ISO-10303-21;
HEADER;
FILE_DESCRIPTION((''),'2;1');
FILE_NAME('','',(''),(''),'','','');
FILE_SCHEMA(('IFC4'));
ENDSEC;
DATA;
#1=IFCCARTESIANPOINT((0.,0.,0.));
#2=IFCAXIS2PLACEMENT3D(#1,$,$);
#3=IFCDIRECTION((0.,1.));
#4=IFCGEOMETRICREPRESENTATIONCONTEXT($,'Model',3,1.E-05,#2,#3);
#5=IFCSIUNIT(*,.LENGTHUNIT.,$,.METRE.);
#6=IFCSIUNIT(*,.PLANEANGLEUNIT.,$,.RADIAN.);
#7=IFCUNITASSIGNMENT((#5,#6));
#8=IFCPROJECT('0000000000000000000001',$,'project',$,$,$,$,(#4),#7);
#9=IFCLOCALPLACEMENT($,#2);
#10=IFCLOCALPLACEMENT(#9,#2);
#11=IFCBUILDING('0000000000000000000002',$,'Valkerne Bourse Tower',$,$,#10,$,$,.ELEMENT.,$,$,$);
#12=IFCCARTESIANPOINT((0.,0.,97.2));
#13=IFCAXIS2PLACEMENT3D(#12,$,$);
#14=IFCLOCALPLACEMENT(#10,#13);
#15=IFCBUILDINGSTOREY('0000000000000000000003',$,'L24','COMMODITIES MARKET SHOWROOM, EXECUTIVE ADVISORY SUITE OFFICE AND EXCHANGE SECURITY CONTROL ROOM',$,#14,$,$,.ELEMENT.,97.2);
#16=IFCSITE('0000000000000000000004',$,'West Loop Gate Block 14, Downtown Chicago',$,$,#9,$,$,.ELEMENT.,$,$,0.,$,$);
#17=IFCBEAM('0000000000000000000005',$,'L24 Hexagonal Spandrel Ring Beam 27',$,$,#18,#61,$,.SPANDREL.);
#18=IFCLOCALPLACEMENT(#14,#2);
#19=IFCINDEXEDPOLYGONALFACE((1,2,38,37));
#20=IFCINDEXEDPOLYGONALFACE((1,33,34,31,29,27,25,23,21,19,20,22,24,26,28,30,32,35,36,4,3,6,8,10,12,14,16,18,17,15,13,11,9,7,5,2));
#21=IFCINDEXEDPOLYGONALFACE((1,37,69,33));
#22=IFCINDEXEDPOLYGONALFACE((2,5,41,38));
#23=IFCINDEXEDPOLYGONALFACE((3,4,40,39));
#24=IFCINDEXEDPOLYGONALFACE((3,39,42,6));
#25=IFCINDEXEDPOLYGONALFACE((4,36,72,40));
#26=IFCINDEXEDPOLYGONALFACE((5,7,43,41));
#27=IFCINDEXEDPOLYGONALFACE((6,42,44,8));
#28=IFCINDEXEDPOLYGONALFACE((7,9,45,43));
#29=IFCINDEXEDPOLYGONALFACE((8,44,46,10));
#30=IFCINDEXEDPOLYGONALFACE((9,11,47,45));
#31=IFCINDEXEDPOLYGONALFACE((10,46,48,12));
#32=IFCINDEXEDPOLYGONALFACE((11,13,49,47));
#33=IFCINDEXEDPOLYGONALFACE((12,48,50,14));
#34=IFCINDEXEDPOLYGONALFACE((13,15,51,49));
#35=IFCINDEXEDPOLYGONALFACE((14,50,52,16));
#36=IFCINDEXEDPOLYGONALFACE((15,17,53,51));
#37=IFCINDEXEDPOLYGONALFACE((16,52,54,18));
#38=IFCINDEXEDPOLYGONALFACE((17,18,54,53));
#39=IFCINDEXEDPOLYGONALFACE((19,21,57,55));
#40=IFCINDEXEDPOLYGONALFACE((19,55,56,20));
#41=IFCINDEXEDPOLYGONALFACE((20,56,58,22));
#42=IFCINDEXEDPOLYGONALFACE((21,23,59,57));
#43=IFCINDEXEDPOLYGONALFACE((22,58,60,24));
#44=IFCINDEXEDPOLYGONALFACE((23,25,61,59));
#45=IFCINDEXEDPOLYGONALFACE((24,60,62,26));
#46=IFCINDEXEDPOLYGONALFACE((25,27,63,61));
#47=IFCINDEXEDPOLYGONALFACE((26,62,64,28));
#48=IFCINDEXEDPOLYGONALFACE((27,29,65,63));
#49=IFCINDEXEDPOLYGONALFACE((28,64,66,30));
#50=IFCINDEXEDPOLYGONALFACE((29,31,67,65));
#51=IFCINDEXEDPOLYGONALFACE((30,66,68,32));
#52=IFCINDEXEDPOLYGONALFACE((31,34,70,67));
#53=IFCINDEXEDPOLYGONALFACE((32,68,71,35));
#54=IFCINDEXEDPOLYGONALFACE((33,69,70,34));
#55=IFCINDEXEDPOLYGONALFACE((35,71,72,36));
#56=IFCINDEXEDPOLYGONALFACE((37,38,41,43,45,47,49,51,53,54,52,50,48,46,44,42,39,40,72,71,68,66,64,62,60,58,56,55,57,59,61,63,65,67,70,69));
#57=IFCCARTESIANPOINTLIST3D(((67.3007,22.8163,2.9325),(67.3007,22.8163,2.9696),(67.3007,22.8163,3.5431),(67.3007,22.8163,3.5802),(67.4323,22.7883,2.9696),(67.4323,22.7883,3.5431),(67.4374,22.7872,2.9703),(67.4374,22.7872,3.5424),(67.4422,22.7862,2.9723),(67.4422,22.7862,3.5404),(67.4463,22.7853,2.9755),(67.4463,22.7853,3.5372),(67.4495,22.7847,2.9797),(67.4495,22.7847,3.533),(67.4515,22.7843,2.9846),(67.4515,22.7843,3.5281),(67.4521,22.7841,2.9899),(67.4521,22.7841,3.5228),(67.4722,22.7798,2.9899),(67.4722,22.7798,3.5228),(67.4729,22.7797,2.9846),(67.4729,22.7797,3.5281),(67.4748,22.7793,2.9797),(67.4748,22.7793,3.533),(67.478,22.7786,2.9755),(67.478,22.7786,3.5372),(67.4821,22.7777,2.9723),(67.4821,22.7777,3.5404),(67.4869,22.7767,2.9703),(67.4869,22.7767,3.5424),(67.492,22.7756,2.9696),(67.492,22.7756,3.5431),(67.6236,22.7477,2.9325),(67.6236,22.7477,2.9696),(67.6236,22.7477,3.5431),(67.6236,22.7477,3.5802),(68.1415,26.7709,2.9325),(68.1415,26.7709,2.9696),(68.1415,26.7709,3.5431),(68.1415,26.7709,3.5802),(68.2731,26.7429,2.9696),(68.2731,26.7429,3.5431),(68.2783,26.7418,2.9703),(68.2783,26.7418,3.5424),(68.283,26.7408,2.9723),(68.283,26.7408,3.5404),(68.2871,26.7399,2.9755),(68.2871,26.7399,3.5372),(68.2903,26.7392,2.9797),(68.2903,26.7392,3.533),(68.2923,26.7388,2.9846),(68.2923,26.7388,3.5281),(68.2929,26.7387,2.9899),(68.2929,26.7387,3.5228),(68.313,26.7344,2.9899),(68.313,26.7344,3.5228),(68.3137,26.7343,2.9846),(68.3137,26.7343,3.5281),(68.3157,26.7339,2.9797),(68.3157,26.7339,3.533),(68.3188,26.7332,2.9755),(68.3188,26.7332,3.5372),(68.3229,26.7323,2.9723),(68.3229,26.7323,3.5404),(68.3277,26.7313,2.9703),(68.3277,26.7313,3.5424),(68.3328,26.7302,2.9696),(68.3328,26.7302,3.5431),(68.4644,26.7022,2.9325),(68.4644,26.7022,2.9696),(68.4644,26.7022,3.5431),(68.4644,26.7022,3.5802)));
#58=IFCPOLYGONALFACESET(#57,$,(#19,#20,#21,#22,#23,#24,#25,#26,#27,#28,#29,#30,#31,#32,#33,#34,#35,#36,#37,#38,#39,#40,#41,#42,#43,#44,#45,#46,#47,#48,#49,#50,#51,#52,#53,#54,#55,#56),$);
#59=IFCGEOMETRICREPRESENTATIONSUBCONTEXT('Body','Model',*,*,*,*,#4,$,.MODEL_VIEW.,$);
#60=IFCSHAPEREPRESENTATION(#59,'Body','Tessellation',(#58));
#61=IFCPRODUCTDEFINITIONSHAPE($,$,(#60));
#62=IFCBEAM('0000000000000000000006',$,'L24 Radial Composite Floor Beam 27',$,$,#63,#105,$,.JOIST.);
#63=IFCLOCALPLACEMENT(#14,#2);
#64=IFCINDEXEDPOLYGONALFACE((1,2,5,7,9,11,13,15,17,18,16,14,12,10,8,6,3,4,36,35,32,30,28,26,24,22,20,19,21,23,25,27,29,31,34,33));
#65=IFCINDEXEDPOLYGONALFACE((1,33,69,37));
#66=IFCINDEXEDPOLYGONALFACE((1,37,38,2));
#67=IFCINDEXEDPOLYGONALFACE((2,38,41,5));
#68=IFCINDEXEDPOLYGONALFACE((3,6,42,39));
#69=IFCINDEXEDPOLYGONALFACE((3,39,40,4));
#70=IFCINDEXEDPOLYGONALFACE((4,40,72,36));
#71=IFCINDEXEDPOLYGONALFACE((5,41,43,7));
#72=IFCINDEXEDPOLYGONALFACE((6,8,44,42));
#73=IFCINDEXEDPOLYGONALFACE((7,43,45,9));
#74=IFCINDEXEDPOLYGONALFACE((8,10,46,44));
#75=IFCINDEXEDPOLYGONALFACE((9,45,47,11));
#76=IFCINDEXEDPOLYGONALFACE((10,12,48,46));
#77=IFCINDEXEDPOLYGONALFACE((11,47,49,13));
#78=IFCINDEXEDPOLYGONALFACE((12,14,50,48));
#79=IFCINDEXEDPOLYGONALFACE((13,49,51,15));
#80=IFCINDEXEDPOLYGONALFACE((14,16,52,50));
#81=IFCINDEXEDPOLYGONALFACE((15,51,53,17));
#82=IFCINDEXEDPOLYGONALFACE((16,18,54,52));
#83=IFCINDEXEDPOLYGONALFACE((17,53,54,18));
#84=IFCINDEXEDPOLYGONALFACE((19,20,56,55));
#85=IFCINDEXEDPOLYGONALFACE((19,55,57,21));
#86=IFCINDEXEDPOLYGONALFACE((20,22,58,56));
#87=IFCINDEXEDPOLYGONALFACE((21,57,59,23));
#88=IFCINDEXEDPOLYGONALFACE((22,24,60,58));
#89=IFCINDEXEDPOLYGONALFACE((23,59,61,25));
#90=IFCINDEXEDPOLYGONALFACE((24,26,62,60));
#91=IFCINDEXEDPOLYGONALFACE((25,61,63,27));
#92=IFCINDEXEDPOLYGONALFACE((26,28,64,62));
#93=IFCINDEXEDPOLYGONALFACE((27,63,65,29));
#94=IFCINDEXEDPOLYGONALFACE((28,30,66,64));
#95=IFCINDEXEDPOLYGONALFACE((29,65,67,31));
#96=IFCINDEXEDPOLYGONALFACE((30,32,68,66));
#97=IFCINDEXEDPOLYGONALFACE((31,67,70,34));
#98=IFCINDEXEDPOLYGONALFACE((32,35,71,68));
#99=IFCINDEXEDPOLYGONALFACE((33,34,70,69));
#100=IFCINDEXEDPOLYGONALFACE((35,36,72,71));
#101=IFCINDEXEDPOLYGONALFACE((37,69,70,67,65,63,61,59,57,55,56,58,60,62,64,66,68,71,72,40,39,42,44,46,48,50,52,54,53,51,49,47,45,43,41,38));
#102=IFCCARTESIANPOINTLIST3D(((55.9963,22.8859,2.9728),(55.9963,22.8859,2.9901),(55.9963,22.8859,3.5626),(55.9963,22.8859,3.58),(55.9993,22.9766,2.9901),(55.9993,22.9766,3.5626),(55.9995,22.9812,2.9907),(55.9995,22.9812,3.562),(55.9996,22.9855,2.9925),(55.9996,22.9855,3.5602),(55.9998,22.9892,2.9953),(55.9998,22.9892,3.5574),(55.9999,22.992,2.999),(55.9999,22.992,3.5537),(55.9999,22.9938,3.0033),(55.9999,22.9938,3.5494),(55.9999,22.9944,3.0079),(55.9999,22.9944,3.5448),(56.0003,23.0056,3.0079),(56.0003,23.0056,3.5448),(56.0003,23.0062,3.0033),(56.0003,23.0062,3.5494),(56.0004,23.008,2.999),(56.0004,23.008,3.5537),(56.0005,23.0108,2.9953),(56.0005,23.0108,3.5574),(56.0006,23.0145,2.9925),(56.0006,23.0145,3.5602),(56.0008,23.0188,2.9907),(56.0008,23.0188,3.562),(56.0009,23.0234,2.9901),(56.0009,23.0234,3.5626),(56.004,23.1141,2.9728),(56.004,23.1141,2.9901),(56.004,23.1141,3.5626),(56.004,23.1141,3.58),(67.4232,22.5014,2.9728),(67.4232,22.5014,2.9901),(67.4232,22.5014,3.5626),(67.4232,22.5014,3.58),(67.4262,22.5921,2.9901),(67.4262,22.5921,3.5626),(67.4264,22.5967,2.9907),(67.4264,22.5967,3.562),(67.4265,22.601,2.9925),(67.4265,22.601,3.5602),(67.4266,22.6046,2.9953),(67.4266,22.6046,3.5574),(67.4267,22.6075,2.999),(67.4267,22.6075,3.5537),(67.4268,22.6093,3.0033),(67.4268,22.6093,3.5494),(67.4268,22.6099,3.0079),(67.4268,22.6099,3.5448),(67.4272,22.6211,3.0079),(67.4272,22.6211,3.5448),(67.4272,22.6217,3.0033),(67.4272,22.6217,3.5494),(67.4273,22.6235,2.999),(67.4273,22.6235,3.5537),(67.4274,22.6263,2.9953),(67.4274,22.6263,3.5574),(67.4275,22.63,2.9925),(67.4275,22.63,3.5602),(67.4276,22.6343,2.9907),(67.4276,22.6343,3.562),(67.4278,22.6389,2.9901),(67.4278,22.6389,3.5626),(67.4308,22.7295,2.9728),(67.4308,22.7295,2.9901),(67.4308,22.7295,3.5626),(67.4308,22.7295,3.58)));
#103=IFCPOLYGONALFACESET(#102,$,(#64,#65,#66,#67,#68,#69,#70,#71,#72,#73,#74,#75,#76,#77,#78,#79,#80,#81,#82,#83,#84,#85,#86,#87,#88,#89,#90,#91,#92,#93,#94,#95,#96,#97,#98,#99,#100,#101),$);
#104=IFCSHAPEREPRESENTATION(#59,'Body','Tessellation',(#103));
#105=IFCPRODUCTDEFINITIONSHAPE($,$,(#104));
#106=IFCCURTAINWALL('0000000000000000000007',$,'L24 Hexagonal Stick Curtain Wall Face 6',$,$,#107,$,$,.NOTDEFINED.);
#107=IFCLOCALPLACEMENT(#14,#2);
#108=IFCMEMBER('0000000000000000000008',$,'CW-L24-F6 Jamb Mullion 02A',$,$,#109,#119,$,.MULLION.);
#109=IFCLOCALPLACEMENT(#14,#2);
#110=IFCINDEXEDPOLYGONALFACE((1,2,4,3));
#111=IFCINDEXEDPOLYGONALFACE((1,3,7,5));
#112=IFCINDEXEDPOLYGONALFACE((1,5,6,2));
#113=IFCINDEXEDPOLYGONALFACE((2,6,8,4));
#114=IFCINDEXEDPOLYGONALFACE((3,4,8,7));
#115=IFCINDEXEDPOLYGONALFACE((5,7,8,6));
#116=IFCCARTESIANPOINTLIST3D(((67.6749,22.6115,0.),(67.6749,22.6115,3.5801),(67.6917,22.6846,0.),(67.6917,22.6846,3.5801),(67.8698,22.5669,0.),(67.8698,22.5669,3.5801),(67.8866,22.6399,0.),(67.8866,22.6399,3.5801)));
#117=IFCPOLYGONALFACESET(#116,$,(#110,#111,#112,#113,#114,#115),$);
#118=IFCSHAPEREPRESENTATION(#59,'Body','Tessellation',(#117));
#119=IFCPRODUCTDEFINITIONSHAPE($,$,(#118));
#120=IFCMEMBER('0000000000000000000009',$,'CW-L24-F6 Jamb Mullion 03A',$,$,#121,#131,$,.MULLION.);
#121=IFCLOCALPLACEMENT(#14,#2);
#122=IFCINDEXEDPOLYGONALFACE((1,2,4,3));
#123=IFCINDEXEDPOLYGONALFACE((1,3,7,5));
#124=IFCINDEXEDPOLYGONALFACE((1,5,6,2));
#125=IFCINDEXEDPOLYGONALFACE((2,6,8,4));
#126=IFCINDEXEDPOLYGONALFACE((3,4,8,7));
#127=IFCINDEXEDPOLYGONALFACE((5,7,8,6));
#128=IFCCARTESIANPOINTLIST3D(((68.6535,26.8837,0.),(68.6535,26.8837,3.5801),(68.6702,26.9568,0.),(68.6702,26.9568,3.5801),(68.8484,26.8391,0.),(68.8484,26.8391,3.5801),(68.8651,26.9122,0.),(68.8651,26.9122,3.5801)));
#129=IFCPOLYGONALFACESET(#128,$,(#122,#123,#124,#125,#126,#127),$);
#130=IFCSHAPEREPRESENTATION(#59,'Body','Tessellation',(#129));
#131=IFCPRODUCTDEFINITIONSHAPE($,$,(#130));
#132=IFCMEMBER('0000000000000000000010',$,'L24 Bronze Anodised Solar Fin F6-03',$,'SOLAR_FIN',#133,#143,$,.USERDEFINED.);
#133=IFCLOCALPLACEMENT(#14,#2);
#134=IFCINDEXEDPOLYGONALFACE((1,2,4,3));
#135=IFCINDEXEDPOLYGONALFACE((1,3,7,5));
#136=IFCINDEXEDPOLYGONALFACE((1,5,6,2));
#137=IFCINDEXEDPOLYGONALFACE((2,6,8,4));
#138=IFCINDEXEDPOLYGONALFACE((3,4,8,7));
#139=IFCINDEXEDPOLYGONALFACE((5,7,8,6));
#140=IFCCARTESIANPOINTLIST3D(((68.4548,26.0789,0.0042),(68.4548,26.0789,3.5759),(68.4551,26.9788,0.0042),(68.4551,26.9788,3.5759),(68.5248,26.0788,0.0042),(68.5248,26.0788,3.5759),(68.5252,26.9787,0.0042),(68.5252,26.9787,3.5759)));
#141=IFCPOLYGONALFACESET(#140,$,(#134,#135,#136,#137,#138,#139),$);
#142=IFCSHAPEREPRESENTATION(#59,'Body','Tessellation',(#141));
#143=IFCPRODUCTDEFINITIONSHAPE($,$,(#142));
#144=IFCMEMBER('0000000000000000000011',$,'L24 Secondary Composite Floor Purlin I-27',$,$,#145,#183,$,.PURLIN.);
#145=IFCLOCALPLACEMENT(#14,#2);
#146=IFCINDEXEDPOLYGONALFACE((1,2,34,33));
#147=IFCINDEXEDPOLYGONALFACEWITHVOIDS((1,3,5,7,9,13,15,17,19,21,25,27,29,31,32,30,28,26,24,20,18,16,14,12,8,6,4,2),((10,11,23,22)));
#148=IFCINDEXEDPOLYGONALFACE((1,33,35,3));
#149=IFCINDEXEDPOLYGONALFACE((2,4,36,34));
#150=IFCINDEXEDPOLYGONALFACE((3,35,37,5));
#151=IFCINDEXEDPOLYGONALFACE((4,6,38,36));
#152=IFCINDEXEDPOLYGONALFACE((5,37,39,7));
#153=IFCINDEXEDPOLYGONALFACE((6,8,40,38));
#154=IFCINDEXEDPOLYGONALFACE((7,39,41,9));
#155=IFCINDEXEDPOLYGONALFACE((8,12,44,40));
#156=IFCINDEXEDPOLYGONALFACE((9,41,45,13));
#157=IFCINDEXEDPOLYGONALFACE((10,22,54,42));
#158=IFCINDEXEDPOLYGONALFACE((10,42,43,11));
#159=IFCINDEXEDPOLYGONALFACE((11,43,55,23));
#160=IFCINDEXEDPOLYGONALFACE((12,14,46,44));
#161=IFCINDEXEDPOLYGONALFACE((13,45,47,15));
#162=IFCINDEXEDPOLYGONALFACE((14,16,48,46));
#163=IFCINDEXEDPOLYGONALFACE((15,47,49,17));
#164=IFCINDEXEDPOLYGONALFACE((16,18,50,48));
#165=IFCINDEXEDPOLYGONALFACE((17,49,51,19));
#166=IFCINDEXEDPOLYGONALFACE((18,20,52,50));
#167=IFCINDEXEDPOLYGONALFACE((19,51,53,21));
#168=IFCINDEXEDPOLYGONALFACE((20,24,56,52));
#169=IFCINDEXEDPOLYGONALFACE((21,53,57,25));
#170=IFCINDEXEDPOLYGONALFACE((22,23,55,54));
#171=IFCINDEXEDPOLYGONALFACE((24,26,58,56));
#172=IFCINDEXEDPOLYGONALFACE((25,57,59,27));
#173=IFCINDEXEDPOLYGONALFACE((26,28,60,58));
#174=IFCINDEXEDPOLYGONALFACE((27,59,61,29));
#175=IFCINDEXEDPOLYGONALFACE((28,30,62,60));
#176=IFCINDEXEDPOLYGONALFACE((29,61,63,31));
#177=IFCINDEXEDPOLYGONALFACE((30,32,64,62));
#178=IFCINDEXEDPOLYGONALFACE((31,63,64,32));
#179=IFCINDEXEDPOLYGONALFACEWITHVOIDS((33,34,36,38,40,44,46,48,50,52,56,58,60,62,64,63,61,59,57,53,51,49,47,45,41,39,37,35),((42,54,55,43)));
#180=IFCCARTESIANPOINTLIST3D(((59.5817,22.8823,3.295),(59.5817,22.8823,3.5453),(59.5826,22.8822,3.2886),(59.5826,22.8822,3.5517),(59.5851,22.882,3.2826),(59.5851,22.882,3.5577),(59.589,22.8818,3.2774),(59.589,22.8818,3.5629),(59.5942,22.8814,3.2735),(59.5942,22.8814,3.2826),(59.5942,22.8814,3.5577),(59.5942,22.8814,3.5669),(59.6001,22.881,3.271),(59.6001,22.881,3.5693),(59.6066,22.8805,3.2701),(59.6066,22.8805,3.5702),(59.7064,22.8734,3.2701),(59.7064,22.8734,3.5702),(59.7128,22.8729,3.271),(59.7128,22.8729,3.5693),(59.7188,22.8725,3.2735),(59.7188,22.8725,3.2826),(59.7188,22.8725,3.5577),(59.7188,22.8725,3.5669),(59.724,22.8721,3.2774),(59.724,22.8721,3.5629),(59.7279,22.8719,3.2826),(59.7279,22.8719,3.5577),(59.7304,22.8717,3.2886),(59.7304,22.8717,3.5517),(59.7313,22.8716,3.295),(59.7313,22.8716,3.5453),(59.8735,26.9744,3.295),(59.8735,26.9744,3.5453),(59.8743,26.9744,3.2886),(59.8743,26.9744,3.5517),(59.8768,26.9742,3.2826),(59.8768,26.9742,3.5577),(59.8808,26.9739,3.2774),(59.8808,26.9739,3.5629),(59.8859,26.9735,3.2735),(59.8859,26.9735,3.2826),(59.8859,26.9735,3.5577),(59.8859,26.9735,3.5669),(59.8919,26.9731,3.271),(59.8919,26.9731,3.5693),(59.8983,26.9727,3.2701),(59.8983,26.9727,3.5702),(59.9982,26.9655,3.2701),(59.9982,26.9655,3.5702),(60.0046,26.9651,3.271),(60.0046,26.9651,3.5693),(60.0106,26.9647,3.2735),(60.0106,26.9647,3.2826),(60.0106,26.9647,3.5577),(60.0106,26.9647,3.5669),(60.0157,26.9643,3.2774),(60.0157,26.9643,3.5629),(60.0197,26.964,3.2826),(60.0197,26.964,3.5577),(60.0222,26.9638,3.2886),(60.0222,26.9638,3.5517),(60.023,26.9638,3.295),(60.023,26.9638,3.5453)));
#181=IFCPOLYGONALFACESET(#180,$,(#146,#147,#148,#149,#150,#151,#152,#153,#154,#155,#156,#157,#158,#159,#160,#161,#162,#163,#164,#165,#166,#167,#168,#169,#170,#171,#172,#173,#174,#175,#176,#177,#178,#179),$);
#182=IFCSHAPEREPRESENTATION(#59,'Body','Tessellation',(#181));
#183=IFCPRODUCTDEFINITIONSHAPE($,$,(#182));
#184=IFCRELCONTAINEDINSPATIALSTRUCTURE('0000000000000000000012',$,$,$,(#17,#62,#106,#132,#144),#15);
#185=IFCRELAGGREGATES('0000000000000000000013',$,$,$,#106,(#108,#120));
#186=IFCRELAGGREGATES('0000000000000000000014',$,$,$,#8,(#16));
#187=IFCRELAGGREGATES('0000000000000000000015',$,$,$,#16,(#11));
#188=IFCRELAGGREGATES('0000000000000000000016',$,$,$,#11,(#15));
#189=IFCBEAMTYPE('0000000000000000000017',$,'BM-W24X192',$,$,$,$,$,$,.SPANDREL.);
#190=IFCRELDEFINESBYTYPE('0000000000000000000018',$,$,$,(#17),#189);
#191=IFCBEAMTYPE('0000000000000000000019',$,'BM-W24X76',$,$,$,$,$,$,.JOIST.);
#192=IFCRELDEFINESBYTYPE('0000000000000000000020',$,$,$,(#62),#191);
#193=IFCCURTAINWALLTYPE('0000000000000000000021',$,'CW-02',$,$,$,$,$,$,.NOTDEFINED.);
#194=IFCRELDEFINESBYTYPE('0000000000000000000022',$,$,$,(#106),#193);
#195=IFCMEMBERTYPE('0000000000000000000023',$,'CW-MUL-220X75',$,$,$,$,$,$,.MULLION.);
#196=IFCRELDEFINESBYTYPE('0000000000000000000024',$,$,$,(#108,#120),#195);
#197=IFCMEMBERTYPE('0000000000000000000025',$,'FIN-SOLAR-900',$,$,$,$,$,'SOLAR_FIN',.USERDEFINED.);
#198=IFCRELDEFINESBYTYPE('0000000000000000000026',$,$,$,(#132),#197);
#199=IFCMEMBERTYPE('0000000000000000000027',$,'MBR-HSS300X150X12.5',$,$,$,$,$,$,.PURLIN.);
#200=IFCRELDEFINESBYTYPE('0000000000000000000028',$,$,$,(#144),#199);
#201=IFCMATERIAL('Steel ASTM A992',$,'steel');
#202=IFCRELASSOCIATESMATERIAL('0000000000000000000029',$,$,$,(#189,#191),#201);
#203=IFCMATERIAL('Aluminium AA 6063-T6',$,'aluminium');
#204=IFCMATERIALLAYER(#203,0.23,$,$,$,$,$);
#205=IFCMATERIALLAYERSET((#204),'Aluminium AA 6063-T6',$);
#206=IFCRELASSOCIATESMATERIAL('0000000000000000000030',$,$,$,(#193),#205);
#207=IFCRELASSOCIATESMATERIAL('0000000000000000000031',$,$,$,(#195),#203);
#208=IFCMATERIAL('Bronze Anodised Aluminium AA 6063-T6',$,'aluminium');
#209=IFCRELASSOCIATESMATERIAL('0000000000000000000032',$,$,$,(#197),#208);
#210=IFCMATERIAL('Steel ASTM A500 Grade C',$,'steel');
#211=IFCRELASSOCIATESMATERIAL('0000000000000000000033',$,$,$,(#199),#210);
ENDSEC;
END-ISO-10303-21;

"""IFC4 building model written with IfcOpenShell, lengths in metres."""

from ifc_helpers import new_model, si_unit, direction, frame, origin, origin_2d, place, context, subcontext, project, spatial, rectangle, hollow_rectangle, i_section, extrude, material, layer, layer_set, material_profile, profile_set, type_object, element, aggregate, save


model = new_model("IFC4")

# Units and contexts
model_context = context("Model", 3, precision=1e-05, world=origin(), true_north=direction((0.0, 1.0)))
body_context = subcontext(model_context, "Body", "Model", "MODEL_VIEW")
ifc_project = project(units=[si_unit("LENGTHUNIT", "METRE"), si_unit("PLANEANGLEUNIT", "RADIAN")], contexts=[model_context])

# Site, building, storey
site_placement = place(None, origin())
site = spatial("IfcSite", under=ifc_project, at=site_placement, Name="West Loop Gate Block 14, Downtown Chicago", CompositionType="ELEMENT", RefElevation=0.0)
building_placement = place(site_placement, origin())
building = spatial("IfcBuilding", under=site, at=building_placement, Name="Valkerne Bourse Tower", CompositionType="ELEMENT")
storey_placement = place(building_placement, frame((0.0, 0.0, 97.2)))
storey = spatial("IfcBuildingStorey", under=building, at=storey_placement, Name="L24", Description="COMMODITIES MARKET SHOWROOM, EXECUTIVE ADVISORY SUITE OFFICE AND EXCHANGE SECURITY CONTROL ROOM", CompositionType="ELEMENT", Elevation=97.2)

# Beams
ifc_material_1 = material(Name="Steel ASTM A992", Category="steel")
ifc_material_profile_1 = material_profile(ifc_material_1, i_section(OverallWidth=0.3301, OverallDepth=0.6477, WebThickness=0.0205, FlangeThickness=0.0371, FilletRadius=0.0203, at=origin_2d()), Name="W24X192")
ifc_profile_set_1 = profile_set([ifc_material_profile_1], Name="Steel ASTM A992")
beam_type_1 = type_object("IfcBeamType", Name="BM-W24X192", PredefinedType="SPANDREL", material=ifc_profile_set_1)
beam_1_placement = place(storey_placement, frame((67.4622, 22.782, 3.2563), z_axis=(0.20797, 0.978135, 0.0), x_axis=(-0.978135, 0.20797, 0.0)))
element("IfcBeam", 1, at=beam_1_placement, inside=storey, type_object=beam_type_1, Name="L24 Hexagonal Spandrel Ring Beam 27", PredefinedType="SPANDREL", context=body_context, shape_type="SweptSolid", body=[
    extrude(i_section(OverallWidth=0.3301, OverallDepth=0.6477, WebThickness=0.0205, FlangeThickness=0.0371, FilletRadius=0.0203, at=origin_2d()), origin(), (0.0, 0.0, 1.0), 4.043),
])
ifc_material_profile_2 = material_profile(ifc_material_1, i_section(OverallWidth=0.2283, OverallDepth=0.6072, WebThickness=0.0112, FlangeThickness=0.0173, FilletRadius=0.0178, at=origin_2d()), Name="W24X76")
ifc_profile_set_2 = profile_set([ifc_material_profile_2], Name="Steel ASTM A992")
beam_type_2 = type_object("IfcBeamType", Name="BM-W24X76", PredefinedType="JOIST", material=ifc_profile_set_2)
beam_2_placement = place(storey_placement, frame((67.427, 22.6155, 3.2764), z_axis=(-0.999434, 0.033631, 0.0), x_axis=(-0.033631, -0.999434, 0.0)))
element("IfcBeam", 2, at=beam_2_placement, inside=storey, type_object=beam_type_2, Name="L24 Radial Composite Floor Beam 27", PredefinedType="JOIST", context=body_context, shape_type="SweptSolid", body=[
    extrude(i_section(OverallWidth=0.2283, OverallDepth=0.6072, WebThickness=0.0112, FlangeThickness=0.0173, FilletRadius=0.0178, at=origin_2d()), origin(), (0.0, 0.0, 1.0), 11.4333),
])

# Curtain wall, members
ifc_material_2 = material(Name="Aluminium AA 6063-T6", Category="aluminium")
ifc_layer_1 = layer(ifc_material_2, 0.23)
ifc_layer_set_1 = layer_set([ifc_layer_1], Name="Aluminium AA 6063-T6")
curtain_wall_type = type_object("IfcCurtainWallType", Name="CW-02", PredefinedType="NOTDEFINED", material=ifc_layer_set_1)
curtain_wall_placement = place(storey_placement, origin())
curtain_wall = element("IfcCurtainWall", 3, at=curtain_wall_placement, inside=storey, type_object=curtain_wall_type, Name="L24 Hexagonal Stick Curtain Wall Face 6", PredefinedType="NOTDEFINED")
ifc_material_profile_3 = material_profile(ifc_material_2, rectangle(XDim=0.075, YDim=0.2, at=origin_2d()), Name="CWM-75X200")
ifc_profile_set_3 = profile_set([ifc_material_profile_3], Name="Aluminium AA 6063-T6")
member_type_1 = type_object("IfcMemberType", Name="CW-MUL-220X75", PredefinedType="MULLION", material=ifc_profile_set_3)
member_1_placement = place(storey_placement, frame((67.7808, 22.6257, 0.0), z_axis=(0.0, 0.0, 1.0), x_axis=(0.223253, 0.974761, 0.0)))
member_1 = element("IfcMember", 4, at=member_1_placement, type_object=member_type_1, Name="CW-L24-F6 Jamb Mullion 02A", PredefinedType="MULLION", context=body_context, shape_type="SweptSolid", body=[
    extrude(rectangle(XDim=0.075, YDim=0.2, at=origin_2d()), origin(), (0.0, 0.0, 1.0), 3.5801),
])
member_2_placement = place(storey_placement, frame((68.7593, 26.8979, 0.0), z_axis=(0.0, 0.0, 1.0), x_axis=(0.223248, 0.974762, 0.0)))
member_2 = element("IfcMember", 5, at=member_2_placement, type_object=member_type_1, Name="CW-L24-F6 Jamb Mullion 03A", PredefinedType="MULLION", context=body_context, shape_type="SweptSolid", body=[
    extrude(rectangle(XDim=0.075, YDim=0.2, at=origin_2d()), origin(), (0.0, 0.0, 1.0), 3.5801),
])

# Members
ifc_material_3 = material(Name="Bronze Anodised Aluminium AA 6063-T6", Category="aluminium")
ifc_material_profile_4 = material_profile(ifc_material_3, rectangle(XDim=0.0701, YDim=0.8999, at=origin_2d()), Name="FIN-70X900")
ifc_profile_set_4 = profile_set([ifc_material_profile_4], Name="Bronze Anodised Aluminium AA 6063-T6")
member_type_2 = type_object("IfcMemberType", Name="FIN-SOLAR-900", ElementType="SOLAR_FIN", PredefinedType="USERDEFINED", material=ifc_profile_set_4)
member_3_placement = place(storey_placement, frame((68.49, 26.5288, 0.0042), z_axis=(0.0, 0.0, 1.0), x_axis=(1.0, -0.000391, 0.0)))
element("IfcMember", 6, at=member_3_placement, inside=storey, type_object=member_type_2, Name="L24 Bronze Anodised Solar Fin F6-03", ObjectType="SOLAR_FIN", PredefinedType="USERDEFINED", context=body_context, shape_type="SweptSolid", body=[
    extrude(rectangle(XDim=0.0701, YDim=0.8999, at=origin_2d()), origin(), (0.0, 0.0, 1.0), 3.5718),
])
ifc_material_4 = material(Name="Steel ASTM A500 Grade C", Category="steel")
ifc_material_profile_5 = material_profile(ifc_material_4, hollow_rectangle(XDim=0.1499, YDim=0.3, WallThickness=0.0125, OuterFilletRadius=0.0249, at=origin_2d()), Name="HSS300X150X12.5")
ifc_profile_set_5 = profile_set([ifc_material_profile_5], Name="Steel ASTM A500 Grade C")
member_type_3 = type_object("IfcMemberType", Name="MBR-HSS300X150X12.5", PredefinedType="PURLIN", material=ifc_profile_set_5)
member_4_placement = place(storey_placement, frame((59.6565, 22.877, 3.4202), z_axis=(0.071116, 0.997468, 0.0), x_axis=(-0.997468, 0.071116, 0.0)))
element("IfcMember", 7, at=member_4_placement, inside=storey, type_object=member_type_3, Name="L24 Secondary Composite Floor Purlin I-27", PredefinedType="PURLIN", context=body_context, shape_type="SweptSolid", body=[
    extrude(hollow_rectangle(XDim=0.1499, YDim=0.3, WallThickness=0.0125, OuterFilletRadius=0.0249, at=origin_2d()), origin(), (0.0, 0.0, 1.0), 4.1025),
])

aggregate(curtain_wall, [member_1, member_2])

save(model, "model.ifc")
